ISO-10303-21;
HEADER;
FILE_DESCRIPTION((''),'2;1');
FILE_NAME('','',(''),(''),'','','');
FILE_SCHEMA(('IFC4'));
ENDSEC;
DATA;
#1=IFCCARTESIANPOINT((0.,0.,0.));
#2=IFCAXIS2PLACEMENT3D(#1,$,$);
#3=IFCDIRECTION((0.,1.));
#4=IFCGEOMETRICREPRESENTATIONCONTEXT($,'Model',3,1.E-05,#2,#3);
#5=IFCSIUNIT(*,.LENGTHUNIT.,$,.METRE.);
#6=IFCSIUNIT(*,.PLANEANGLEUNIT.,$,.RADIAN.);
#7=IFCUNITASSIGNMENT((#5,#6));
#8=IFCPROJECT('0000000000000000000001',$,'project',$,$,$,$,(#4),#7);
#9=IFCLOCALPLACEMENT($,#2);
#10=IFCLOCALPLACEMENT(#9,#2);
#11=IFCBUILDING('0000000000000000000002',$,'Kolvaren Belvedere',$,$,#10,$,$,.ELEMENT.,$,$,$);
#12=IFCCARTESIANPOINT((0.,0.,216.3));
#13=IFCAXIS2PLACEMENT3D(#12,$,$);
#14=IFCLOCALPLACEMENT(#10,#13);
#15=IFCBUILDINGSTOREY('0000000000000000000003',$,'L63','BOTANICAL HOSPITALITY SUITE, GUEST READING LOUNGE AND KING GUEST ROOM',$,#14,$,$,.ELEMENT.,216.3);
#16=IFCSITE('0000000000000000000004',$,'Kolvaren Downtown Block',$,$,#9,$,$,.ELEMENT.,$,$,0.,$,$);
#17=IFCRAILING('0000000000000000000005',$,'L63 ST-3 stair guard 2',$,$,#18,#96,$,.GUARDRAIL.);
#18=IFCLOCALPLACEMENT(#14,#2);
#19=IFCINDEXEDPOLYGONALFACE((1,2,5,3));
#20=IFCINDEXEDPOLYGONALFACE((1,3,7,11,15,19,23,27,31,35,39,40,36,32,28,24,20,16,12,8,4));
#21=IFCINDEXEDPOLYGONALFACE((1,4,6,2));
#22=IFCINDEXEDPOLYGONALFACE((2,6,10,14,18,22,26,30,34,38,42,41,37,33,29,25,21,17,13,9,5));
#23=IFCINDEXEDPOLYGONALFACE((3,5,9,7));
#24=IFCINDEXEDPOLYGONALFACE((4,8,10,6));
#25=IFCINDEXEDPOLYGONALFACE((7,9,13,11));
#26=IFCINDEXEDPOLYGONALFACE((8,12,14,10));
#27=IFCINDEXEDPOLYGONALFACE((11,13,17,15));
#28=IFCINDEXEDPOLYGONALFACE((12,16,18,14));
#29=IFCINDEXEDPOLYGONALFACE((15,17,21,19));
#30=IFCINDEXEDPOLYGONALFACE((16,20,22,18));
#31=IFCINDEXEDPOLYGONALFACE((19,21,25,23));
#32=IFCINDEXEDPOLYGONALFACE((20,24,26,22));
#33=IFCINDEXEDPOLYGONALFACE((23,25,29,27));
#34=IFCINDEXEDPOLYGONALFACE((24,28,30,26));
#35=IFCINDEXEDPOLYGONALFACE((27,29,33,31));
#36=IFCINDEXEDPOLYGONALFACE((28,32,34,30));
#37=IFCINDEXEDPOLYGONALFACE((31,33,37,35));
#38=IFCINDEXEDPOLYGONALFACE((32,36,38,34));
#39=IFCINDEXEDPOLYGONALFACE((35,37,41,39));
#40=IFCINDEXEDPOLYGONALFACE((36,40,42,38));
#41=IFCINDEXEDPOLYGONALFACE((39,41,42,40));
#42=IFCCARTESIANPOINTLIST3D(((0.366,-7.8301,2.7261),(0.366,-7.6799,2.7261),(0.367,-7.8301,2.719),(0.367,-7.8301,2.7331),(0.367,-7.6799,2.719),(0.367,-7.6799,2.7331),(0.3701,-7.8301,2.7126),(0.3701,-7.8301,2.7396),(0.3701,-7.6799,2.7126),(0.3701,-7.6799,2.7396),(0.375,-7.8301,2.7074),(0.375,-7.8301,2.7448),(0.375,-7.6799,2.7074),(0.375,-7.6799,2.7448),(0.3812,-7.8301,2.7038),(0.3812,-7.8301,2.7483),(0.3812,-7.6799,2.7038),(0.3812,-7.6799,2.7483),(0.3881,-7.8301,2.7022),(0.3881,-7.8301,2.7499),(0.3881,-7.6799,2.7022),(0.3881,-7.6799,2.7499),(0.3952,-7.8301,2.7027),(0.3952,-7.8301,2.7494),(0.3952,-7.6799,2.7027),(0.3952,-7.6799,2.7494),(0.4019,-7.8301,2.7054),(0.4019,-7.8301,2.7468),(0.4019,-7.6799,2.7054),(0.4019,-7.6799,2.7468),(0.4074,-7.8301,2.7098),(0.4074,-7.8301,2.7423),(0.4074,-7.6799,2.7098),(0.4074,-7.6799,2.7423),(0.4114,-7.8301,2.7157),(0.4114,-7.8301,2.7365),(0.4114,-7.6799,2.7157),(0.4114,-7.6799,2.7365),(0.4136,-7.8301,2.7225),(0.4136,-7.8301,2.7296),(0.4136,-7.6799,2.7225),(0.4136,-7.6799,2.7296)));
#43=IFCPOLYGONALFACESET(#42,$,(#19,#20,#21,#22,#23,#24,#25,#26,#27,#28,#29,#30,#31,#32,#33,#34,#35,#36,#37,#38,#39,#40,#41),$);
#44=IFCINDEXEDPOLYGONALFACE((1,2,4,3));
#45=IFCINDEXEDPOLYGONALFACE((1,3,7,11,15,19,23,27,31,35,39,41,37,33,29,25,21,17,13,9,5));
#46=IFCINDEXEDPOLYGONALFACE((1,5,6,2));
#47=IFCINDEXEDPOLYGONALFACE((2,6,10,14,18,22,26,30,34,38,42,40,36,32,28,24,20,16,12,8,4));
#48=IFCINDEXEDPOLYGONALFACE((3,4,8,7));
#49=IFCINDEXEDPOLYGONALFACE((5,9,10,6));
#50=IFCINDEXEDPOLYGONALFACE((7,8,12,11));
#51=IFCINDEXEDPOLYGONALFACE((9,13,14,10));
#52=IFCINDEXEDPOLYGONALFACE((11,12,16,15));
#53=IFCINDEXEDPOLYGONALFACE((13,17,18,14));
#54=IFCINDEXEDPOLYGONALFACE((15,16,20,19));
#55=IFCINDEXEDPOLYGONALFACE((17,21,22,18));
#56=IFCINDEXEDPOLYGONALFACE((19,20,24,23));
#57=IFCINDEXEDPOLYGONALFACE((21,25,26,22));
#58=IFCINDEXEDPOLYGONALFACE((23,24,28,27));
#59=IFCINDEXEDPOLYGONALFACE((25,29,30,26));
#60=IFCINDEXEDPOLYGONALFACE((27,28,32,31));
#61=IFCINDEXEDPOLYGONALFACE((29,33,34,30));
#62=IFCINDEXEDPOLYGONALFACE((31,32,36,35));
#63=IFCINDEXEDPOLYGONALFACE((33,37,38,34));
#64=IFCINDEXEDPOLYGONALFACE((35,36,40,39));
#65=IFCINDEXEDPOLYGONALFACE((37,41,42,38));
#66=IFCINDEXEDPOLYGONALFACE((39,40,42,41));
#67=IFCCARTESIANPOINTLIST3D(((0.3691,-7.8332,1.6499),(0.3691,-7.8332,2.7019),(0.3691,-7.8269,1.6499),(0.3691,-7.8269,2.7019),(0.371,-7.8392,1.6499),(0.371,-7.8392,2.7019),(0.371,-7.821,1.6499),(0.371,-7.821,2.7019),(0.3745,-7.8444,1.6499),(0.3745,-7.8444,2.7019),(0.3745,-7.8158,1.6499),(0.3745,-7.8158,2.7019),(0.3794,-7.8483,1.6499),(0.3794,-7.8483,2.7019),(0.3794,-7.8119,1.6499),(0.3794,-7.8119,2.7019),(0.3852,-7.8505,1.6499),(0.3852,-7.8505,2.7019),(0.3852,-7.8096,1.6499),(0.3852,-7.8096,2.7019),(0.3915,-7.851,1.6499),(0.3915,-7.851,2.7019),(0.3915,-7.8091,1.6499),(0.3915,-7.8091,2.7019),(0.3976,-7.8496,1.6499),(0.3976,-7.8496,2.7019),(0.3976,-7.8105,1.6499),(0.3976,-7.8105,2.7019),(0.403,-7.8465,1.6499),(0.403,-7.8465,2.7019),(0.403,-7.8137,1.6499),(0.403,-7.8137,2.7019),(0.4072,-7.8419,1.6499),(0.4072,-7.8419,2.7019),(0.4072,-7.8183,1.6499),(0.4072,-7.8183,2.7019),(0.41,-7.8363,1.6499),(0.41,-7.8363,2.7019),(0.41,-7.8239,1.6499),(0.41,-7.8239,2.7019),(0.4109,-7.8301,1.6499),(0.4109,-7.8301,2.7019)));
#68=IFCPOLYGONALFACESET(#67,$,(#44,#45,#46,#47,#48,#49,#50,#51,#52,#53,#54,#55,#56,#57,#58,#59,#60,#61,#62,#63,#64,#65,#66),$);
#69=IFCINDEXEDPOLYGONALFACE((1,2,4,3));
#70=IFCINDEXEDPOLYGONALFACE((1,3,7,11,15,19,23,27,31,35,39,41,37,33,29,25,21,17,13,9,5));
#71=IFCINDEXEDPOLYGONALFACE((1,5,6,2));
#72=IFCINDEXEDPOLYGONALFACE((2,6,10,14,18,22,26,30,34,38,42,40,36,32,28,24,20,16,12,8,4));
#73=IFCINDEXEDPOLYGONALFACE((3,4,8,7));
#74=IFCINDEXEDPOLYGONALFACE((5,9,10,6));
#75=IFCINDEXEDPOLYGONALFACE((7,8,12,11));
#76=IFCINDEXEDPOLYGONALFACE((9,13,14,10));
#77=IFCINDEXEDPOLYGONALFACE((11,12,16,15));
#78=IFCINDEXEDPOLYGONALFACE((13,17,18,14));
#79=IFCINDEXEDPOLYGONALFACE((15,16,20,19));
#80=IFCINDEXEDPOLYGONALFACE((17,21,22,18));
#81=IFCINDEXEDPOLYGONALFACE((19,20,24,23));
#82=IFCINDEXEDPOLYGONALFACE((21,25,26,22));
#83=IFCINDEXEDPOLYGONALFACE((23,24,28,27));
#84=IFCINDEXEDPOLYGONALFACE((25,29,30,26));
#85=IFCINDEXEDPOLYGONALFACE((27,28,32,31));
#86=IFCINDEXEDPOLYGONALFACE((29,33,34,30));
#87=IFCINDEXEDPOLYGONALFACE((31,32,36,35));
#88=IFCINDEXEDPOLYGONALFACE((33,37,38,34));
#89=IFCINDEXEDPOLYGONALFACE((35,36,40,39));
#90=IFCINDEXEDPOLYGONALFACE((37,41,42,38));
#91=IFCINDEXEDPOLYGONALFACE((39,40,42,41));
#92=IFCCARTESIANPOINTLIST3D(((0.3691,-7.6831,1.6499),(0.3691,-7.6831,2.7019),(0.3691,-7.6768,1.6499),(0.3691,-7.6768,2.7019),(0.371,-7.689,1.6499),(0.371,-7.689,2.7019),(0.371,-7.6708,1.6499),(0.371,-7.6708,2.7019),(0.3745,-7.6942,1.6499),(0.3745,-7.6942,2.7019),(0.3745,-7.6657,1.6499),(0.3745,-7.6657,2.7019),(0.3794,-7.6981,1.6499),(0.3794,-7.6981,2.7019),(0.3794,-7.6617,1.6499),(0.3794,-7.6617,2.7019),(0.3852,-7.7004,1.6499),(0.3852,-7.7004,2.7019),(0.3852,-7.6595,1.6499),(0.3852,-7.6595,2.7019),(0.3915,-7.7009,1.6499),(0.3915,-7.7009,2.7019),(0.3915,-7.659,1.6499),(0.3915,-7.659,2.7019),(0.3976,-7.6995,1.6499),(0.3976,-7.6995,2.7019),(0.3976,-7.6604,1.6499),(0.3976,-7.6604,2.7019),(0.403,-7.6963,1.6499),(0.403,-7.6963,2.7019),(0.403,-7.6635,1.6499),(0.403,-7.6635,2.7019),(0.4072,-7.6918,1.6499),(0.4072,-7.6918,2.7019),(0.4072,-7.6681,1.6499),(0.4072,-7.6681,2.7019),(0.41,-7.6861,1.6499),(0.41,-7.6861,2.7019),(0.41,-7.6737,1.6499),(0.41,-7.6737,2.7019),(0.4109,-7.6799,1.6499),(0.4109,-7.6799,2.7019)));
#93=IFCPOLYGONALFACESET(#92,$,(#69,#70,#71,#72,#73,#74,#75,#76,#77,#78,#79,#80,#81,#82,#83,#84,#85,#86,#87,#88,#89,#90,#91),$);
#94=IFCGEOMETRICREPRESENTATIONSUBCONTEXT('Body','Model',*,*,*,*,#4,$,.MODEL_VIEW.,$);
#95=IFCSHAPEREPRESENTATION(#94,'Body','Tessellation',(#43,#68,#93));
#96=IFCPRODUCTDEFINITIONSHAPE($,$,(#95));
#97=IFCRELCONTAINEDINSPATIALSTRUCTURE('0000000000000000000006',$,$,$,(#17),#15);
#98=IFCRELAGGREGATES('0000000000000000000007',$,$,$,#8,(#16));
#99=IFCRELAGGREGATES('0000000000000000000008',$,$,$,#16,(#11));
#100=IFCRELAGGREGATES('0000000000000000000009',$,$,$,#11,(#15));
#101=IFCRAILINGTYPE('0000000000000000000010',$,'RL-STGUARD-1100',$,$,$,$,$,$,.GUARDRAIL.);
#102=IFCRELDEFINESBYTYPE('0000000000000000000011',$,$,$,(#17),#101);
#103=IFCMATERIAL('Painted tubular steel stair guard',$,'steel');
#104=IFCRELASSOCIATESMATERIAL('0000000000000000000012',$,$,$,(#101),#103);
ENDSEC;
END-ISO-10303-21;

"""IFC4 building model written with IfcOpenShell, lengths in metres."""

from ifc_helpers import new_model, si_unit, direction, frame, origin, origin_2d, place, context, subcontext, project, spatial, circle, extrude, material, type_object, element, save


model = new_model("IFC4")

# Units and contexts
model_context = context("Model", 3, precision=1e-05, world=origin(), true_north=direction((0.0, 1.0)))
body_context = subcontext(model_context, "Body", "Model", "MODEL_VIEW")
ifc_project = project(units=[si_unit("LENGTHUNIT", "METRE"), si_unit("PLANEANGLEUNIT", "RADIAN")], contexts=[model_context])

# Site, building, storey
site_placement = place(None, origin())
site = spatial("IfcSite", under=ifc_project, at=site_placement, Name="Kolvaren Downtown Block", CompositionType="ELEMENT", RefElevation=0.0)
building_placement = place(site_placement, origin())
building = spatial("IfcBuilding", under=site, at=building_placement, Name="Kolvaren Belvedere", CompositionType="ELEMENT")
storey_placement = place(building_placement, frame((0.0, 0.0, 216.3)))
storey = spatial("IfcBuildingStorey", under=building, at=storey_placement, Name="L63", Description="BOTANICAL HOSPITALITY SUITE, GUEST READING LOUNGE AND KING GUEST ROOM", CompositionType="ELEMENT", Elevation=216.3)

# Railing
ifc_material_1 = material(Name="Painted tubular steel stair guard", Category="steel")
railing_type_1 = type_object("IfcRailingType", Name="RL-STGUARD-1100", PredefinedType="GUARDRAIL", material=ifc_material_1)
railing_1_placement = place(storey_placement, frame((0.3899, -7.8301, 1.6499)))
element("IfcRailing", 1, at=railing_1_placement, inside=storey, type_object=railing_type_1, Name="L63 ST-3 stair guard 2", PredefinedType="GUARDRAIL", context=body_context, shape_type="SweptSolid", body=[
    extrude(circle(Radius=0.0239, at=origin_2d()), frame((0.0, 0.0, 1.0762), z_axis=(0.0, 1.0, 0.0), x_axis=(-1.0, 0.0, 0.0)), (0.0, 0.0, 1.0), 0.1501),
    extrude(circle(Radius=0.021, at=origin_2d()), origin(), (0.0, 0.0, 1.0), 1.052),
    extrude(circle(Radius=0.021, at=origin_2d()), frame((0.0, 0.1501, 0.0)), (0.0, 0.0, 1.0), 1.052),
])

save(model, "model.ifc")
